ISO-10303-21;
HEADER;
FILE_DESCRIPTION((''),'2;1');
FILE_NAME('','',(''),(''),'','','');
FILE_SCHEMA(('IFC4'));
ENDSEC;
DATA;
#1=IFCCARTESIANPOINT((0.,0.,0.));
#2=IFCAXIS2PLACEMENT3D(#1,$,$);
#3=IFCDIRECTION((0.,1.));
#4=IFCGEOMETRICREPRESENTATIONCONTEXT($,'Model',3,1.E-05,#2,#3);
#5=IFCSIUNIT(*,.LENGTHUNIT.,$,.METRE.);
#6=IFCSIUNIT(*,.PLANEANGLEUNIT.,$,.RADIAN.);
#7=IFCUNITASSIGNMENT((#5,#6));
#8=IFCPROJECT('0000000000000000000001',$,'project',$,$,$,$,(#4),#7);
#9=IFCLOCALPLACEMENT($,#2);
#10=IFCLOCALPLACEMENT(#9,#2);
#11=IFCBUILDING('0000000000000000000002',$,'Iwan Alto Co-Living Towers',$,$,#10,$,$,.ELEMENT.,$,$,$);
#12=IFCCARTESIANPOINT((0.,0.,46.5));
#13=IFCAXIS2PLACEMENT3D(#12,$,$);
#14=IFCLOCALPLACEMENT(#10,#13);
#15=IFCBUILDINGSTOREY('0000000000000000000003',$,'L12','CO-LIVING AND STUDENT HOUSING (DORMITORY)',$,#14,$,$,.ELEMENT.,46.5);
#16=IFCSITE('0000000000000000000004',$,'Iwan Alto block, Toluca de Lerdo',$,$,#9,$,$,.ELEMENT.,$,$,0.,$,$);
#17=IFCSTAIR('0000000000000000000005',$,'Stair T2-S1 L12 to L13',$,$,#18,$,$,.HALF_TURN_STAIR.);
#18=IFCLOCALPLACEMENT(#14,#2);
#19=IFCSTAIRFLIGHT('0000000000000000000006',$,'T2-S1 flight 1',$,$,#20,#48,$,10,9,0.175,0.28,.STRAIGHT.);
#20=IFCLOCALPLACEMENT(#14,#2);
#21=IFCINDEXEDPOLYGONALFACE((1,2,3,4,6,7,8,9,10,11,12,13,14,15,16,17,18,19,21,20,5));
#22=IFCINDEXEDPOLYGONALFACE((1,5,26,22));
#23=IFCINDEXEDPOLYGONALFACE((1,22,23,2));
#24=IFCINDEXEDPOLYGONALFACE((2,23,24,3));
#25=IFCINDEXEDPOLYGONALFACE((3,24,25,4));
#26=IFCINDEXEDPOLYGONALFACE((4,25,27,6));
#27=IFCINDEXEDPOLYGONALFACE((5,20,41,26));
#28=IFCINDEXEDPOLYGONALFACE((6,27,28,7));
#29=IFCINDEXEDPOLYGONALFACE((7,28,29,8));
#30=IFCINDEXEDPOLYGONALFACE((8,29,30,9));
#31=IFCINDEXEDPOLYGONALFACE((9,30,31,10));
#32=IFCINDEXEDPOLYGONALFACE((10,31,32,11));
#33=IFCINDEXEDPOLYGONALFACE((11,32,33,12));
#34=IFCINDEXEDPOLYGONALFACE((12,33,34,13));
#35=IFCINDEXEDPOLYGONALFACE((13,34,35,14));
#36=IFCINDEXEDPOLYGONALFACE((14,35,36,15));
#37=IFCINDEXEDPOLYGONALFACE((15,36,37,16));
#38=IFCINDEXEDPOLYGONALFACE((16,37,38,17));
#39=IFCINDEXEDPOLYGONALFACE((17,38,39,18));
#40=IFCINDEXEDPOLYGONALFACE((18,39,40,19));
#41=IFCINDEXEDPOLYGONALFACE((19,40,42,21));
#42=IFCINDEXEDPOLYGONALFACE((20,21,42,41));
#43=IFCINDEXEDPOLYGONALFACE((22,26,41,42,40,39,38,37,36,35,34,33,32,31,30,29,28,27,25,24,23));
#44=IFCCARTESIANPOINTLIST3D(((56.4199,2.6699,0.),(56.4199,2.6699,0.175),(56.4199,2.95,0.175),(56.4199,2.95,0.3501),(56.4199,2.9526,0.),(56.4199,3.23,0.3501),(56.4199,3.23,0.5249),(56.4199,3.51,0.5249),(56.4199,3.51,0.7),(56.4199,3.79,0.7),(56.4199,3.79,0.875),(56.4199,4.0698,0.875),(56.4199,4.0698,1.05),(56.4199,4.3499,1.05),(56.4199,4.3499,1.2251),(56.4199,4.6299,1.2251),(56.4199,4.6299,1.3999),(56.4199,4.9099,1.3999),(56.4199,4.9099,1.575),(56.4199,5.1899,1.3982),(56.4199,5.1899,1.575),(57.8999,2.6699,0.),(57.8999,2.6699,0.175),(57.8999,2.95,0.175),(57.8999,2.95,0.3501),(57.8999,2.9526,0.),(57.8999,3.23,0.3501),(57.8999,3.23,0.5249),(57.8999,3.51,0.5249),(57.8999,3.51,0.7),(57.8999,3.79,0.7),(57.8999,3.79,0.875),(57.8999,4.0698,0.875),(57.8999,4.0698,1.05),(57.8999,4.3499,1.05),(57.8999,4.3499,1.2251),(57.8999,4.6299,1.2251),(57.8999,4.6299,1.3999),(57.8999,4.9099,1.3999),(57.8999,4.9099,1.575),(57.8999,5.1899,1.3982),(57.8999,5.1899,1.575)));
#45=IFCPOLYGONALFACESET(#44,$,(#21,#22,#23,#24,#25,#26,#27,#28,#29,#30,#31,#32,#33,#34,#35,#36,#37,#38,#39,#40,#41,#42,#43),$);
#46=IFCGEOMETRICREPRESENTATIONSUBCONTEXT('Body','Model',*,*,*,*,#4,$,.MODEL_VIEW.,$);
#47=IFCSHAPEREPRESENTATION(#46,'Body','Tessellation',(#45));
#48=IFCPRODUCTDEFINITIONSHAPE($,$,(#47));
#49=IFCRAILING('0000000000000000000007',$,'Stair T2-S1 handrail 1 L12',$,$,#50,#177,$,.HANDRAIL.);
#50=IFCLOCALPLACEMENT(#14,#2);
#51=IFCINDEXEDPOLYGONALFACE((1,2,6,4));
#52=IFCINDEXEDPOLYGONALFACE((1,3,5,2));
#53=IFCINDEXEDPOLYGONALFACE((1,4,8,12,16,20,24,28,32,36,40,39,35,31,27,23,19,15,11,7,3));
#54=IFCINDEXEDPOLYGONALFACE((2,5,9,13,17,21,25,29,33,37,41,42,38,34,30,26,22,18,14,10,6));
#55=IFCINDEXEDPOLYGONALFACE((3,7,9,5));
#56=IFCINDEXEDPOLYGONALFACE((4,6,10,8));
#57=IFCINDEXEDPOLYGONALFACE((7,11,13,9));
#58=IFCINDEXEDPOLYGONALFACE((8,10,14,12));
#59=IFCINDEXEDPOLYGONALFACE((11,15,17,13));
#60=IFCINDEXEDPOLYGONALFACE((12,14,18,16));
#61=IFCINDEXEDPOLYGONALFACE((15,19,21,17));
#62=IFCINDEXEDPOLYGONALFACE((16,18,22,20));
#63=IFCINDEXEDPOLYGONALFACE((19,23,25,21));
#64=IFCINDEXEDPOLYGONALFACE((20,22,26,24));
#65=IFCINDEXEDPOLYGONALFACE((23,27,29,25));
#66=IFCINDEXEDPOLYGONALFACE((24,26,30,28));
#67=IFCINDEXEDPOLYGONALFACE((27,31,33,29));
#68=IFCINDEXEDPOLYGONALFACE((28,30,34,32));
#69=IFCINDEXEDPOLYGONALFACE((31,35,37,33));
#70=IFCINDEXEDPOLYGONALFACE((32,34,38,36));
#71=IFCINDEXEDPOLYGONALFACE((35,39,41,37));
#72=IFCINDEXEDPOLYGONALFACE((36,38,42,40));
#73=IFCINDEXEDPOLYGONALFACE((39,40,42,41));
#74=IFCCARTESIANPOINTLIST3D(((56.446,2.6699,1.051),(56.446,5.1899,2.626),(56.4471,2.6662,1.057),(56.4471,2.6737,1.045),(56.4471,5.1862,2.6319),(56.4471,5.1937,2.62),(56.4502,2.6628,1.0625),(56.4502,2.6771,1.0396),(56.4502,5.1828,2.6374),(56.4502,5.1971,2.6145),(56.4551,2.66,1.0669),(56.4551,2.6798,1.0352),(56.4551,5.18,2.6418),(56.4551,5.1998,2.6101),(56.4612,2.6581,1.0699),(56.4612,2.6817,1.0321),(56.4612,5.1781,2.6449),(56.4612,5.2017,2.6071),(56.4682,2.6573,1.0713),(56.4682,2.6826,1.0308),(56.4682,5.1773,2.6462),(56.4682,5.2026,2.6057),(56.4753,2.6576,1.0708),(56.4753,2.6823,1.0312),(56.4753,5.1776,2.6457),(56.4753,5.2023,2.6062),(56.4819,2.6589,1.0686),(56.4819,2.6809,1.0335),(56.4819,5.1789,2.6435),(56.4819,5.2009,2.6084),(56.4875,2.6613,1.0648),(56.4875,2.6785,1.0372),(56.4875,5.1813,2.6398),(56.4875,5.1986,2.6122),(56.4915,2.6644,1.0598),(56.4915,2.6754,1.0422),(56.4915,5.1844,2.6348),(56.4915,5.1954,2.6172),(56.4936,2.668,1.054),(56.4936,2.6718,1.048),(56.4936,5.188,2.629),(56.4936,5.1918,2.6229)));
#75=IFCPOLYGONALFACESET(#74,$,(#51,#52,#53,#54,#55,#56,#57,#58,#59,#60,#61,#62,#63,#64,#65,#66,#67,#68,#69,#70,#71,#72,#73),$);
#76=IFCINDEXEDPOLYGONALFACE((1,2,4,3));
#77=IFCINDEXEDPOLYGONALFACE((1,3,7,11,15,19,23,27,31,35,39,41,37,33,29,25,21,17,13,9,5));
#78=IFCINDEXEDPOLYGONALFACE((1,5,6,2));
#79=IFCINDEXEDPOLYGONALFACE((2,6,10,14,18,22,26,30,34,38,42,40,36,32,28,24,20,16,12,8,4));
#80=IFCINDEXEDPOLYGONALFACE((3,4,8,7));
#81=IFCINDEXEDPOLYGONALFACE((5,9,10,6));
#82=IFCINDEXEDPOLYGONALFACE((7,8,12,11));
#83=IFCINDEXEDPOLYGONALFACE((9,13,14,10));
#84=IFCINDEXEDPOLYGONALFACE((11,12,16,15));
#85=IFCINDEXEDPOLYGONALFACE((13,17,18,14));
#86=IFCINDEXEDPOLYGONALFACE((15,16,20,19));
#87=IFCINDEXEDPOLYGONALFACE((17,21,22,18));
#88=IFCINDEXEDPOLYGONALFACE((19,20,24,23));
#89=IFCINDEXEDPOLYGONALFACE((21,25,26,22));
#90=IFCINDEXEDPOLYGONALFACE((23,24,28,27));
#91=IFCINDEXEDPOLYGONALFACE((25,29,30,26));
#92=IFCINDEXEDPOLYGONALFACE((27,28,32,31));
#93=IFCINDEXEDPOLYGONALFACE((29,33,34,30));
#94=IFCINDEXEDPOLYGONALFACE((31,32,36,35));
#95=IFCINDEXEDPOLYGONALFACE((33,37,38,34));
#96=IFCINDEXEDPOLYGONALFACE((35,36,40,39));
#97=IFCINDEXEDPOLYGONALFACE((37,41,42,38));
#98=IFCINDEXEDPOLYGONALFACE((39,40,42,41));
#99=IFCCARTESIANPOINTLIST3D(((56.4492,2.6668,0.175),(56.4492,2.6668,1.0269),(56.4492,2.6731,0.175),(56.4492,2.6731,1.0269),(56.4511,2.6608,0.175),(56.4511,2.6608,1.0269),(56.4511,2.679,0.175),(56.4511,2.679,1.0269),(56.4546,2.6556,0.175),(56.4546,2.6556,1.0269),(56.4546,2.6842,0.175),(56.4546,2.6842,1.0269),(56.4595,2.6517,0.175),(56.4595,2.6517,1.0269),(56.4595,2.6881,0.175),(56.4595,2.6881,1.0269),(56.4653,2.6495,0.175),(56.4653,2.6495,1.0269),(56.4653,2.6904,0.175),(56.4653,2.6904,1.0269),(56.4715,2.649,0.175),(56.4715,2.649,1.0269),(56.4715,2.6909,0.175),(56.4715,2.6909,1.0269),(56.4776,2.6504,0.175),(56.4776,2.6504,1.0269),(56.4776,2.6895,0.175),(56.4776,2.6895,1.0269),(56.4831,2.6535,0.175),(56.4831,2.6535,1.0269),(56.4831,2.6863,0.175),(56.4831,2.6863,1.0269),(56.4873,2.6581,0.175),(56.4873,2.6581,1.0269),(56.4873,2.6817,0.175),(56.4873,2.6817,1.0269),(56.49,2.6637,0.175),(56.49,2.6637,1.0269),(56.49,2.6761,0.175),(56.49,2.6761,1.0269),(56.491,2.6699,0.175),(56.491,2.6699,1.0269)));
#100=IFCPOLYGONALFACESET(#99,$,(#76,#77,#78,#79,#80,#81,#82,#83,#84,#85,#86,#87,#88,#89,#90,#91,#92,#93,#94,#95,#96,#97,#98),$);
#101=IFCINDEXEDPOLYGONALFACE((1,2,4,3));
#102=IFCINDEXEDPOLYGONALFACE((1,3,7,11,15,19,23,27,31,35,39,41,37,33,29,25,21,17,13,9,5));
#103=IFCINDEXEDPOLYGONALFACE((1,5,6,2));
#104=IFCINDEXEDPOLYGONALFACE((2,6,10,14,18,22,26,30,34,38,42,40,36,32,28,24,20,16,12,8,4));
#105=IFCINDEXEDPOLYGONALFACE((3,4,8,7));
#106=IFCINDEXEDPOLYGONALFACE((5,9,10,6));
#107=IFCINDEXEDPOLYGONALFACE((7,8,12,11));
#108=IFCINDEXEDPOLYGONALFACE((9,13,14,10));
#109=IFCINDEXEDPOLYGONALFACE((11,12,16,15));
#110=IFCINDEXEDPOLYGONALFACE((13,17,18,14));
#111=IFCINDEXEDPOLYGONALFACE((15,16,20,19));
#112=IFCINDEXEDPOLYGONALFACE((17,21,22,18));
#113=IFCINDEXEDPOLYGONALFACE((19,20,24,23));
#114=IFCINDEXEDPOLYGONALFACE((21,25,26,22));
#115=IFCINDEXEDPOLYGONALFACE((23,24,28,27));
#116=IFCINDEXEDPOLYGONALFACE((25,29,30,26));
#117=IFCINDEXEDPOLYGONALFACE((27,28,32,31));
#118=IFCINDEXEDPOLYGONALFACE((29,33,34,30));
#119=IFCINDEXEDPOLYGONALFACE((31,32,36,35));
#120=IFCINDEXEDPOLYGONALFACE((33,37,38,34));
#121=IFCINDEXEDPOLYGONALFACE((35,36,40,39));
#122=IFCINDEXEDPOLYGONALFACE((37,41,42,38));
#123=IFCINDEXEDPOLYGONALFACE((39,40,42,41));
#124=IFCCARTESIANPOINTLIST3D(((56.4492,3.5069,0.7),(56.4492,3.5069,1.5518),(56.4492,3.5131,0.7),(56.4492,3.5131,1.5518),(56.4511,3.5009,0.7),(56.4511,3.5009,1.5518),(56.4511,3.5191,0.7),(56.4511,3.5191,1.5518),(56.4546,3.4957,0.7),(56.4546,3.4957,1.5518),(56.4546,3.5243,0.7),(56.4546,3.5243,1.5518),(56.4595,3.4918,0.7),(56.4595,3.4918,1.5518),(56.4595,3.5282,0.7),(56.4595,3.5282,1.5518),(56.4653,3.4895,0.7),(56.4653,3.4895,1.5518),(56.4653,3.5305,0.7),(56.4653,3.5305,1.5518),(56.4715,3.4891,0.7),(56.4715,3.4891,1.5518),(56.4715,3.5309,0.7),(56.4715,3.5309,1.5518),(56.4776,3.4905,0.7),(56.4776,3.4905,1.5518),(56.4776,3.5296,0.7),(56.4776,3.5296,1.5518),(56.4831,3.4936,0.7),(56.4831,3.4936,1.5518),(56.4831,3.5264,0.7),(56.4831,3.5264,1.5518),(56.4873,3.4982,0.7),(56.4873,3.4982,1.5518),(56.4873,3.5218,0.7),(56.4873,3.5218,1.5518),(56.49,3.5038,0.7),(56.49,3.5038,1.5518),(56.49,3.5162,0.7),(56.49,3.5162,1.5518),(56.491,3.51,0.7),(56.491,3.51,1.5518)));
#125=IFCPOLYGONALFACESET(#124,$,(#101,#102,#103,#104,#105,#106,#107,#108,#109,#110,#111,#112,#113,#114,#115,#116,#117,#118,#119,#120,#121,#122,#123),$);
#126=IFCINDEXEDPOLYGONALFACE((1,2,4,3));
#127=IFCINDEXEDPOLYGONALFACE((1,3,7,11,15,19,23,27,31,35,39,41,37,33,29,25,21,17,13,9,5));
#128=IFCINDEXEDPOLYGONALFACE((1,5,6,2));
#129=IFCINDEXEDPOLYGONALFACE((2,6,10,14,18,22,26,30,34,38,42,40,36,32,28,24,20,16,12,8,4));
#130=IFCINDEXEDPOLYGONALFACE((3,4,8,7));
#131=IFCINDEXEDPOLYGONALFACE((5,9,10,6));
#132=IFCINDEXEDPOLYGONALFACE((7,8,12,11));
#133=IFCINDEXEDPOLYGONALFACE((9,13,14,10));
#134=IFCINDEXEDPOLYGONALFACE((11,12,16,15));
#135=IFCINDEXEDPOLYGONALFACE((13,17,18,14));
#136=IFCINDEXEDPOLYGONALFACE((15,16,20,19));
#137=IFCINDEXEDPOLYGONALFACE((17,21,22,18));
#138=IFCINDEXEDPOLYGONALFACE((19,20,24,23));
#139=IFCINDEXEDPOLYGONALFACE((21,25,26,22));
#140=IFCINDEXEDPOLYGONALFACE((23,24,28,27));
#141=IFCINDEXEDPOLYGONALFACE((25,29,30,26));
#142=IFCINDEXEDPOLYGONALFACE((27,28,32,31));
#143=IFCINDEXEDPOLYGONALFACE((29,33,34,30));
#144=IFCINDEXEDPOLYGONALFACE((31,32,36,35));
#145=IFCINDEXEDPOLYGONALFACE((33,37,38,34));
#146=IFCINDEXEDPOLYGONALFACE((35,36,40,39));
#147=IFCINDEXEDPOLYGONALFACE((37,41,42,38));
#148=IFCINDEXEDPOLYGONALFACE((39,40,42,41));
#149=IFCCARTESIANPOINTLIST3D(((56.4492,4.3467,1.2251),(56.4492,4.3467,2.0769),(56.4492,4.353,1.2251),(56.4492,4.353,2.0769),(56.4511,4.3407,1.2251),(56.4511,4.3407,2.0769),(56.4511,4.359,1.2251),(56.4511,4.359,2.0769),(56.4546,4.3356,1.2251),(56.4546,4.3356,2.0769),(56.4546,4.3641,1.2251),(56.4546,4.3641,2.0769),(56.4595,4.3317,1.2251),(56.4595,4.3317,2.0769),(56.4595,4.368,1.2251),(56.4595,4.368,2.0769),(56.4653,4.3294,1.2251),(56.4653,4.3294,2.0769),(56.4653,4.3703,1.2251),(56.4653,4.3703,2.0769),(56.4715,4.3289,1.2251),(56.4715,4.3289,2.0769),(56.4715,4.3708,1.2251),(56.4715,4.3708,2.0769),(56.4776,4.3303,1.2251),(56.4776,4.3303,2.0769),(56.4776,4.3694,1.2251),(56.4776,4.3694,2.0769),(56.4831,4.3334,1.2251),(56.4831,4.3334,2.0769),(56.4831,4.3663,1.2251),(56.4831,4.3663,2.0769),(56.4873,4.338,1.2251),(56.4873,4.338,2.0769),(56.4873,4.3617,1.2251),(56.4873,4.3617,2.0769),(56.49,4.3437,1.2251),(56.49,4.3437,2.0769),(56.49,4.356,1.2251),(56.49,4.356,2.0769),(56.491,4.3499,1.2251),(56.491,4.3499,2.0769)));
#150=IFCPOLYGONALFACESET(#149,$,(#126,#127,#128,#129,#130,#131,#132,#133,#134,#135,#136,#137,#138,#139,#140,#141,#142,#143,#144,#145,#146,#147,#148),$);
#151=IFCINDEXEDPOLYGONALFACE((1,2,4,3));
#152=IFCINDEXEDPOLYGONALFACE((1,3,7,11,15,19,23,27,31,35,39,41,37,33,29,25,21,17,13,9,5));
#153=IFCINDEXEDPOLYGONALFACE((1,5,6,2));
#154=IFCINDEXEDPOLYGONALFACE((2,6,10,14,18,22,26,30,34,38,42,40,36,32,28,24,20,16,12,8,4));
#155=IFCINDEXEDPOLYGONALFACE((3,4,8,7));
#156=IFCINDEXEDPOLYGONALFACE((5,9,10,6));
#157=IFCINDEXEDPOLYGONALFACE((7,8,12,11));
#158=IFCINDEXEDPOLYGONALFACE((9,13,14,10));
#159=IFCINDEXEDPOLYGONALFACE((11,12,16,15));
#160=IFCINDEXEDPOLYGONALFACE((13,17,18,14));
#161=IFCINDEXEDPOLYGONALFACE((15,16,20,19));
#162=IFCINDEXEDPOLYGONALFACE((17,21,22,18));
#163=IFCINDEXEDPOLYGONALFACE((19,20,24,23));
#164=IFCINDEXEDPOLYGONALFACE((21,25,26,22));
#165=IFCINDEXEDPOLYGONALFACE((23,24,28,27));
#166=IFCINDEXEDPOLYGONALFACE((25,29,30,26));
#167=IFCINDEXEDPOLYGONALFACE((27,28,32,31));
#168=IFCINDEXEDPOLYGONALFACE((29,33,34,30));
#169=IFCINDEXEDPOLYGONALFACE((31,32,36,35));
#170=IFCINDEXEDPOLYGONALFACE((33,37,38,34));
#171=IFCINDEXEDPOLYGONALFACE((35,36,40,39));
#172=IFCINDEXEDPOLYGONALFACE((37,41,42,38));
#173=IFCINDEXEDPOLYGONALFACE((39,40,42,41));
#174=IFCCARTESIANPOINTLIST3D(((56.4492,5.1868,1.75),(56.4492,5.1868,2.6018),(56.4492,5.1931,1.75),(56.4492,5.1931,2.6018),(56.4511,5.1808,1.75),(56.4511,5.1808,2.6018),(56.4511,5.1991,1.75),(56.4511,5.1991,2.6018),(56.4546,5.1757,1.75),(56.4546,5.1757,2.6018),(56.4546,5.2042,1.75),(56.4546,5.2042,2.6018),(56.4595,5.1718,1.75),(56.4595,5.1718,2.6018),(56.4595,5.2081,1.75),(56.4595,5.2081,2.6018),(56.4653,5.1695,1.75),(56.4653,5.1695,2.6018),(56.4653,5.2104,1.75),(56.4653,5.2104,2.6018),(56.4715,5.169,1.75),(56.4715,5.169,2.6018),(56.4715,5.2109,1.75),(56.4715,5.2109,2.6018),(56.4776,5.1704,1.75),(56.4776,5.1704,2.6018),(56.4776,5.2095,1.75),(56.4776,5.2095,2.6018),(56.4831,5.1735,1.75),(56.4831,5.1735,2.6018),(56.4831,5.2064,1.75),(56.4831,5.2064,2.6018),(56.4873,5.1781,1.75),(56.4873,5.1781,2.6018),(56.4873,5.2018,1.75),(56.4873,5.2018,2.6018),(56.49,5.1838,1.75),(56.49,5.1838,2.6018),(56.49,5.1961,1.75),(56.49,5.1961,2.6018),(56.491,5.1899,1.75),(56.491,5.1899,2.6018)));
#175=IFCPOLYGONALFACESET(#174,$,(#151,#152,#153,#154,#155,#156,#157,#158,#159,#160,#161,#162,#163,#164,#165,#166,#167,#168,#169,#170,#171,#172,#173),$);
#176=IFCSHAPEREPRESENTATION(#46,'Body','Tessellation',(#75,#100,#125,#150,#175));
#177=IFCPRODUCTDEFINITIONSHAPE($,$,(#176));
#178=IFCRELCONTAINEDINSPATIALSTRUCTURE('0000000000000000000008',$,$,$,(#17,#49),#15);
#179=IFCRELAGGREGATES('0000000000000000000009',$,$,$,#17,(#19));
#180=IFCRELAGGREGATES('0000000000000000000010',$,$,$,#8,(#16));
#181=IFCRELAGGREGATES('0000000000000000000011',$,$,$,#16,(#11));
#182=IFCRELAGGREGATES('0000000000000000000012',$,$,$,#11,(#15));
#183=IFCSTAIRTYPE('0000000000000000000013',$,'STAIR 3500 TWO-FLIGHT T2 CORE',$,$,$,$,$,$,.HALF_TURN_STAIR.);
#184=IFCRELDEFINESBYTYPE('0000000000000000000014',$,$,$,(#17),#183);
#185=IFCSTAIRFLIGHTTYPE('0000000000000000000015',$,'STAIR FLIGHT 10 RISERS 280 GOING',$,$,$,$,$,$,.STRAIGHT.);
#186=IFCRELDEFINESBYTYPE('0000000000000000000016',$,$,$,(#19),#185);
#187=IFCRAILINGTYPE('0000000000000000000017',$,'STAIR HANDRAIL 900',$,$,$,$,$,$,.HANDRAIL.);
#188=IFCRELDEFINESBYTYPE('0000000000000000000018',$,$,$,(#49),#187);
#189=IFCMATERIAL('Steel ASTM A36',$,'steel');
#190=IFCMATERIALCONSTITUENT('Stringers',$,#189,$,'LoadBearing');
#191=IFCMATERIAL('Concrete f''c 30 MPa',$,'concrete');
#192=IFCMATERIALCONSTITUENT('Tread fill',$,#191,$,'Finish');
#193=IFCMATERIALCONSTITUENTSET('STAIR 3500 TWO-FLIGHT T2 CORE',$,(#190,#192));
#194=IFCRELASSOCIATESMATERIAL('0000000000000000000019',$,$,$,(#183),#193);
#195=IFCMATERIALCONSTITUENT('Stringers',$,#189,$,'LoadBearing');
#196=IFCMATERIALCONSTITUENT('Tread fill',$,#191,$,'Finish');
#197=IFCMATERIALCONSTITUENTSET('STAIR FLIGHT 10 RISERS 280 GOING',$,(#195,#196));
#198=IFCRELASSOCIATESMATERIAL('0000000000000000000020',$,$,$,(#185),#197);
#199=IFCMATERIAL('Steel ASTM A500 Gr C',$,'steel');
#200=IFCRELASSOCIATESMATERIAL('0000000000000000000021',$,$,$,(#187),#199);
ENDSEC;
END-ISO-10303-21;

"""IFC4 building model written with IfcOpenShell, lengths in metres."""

from ifc_helpers import new_model, si_unit, direction, frame, origin, origin_2d, place, context, subcontext, project, spatial, polyline, circle, outline, extrude, material, constituent, constituent_set, type_object, element, aggregate, save


model = new_model("IFC4")

# Units and contexts
model_context = context("Model", 3, precision=1e-05, world=origin(), true_north=direction((0.0, 1.0)))
body_context = subcontext(model_context, "Body", "Model", "MODEL_VIEW")
ifc_project = project(units=[si_unit("LENGTHUNIT", "METRE"), si_unit("PLANEANGLEUNIT", "RADIAN")], contexts=[model_context])

# Site, building, storey
site_placement = place(None, origin())
site = spatial("IfcSite", under=ifc_project, at=site_placement, Name="Iwan Alto block, Toluca de Lerdo", CompositionType="ELEMENT", RefElevation=0.0)
building_placement = place(site_placement, origin())
building = spatial("IfcBuilding", under=site, at=building_placement, Name="Iwan Alto Co-Living Towers", CompositionType="ELEMENT")
storey_placement = place(building_placement, frame((0.0, 0.0, 46.5)))
storey = spatial("IfcBuildingStorey", under=building, at=storey_placement, Name="L12", Description="CO-LIVING AND STUDENT HOUSING (DORMITORY)", CompositionType="ELEMENT", Elevation=46.5)

# Stair, stair flight
ifc_material_1 = material(Name="Steel ASTM A36", Category="steel")
ifc_constituent_1 = constituent(ifc_material_1, Name="Stringers", Category="LoadBearing")
ifc_material_2 = material(Name="Concrete f'c 30 MPa", Category="concrete")
ifc_constituent_2 = constituent(ifc_material_2, Name="Tread fill", Category="Finish")
ifc_constituent_set_1 = constituent_set(constituents=[ifc_constituent_1, ifc_constituent_2], Name="STAIR 3500 TWO-FLIGHT T2 CORE")
stair_type = type_object("IfcStairType", Name="STAIR 3500 TWO-FLIGHT T2 CORE", PredefinedType="HALF_TURN_STAIR", material=ifc_constituent_set_1)
stair_placement = place(storey_placement, origin())
stair = element("IfcStair", 1, at=stair_placement, inside=storey, type_object=stair_type, Name="Stair T2-S1 L12 to L13", PredefinedType="HALF_TURN_STAIR")
ifc_constituent_3 = constituent(ifc_material_1, Name="Stringers", Category="LoadBearing")
ifc_constituent_4 = constituent(ifc_material_2, Name="Tread fill", Category="Finish")
ifc_constituent_set_2 = constituent_set(constituents=[ifc_constituent_3, ifc_constituent_4], Name="STAIR FLIGHT 10 RISERS 280 GOING")
stair_flight_type = type_object("IfcStairFlightType", Name="STAIR FLIGHT 10 RISERS 280 GOING", PredefinedType="STRAIGHT", material=ifc_constituent_set_2)
stair_flight_placement = place(storey_placement, frame((57.1599, 2.6699, 0.0), z_axis=(0.0, 0.0, 1.0), x_axis=(0.0, 1.0, 0.0)))
stair_flight = element("IfcStairFlight", 2, at=stair_flight_placement, type_object=stair_flight_type, Name="T2-S1 flight 1", NumberOfRisers=10, NumberOfTreads=9, PredefinedType="STRAIGHT", RiserHeight=0.175, TreadLength=0.28, context=body_context, shape_type="SweptSolid", body=[
    extrude(outline(polyline([(0.0, 0.0), (0.0, 0.175), (0.28, 0.175), (0.28, 0.3501), (0.5601, 0.3501), (0.5601, 0.5249), (0.8401, 0.5249), (0.8401, 0.7), (1.1201, 0.7), (1.1201, 0.875), (1.3999, 0.875), (1.3999, 1.05), (1.6799, 1.05), (1.6799, 1.2251), (1.96, 1.2251), (1.96, 1.3999), (2.24, 1.3999), (2.24, 1.575), (2.52, 1.575), (2.52, 1.75), (2.52, 1.3982), (0.2827, 0.0), (0.0, 0.0)])), frame((0.0, 0.74, 0.0), z_axis=(0.0, -1.0, 0.0), x_axis=(1.0, 0.0, 0.0)), (0.0, 0.0, 1.0), 1.48),
])
aggregate(stair, [stair_flight])

# Railing
ifc_material_3 = material(Name="Steel ASTM A500 Gr C", Category="steel")
railing_type_1 = type_object("IfcRailingType", Name="STAIR HANDRAIL 900", PredefinedType="HANDRAIL", material=ifc_material_3)
railing_1_placement = place(storey_placement, frame((56.47, 2.6699, 0.175)))
element("IfcRailing", 3, at=railing_1_placement, inside=storey, type_object=railing_type_1, Name="Stair T2-S1 handrail 1 L12", PredefinedType="HANDRAIL", context=body_context, shape_type="SweptSolid", body=[
    extrude(circle(Radius=0.0239, at=origin_2d()), frame((0.0, 0.0, 0.876), z_axis=(0.0, 0.848008, 0.529984), x_axis=(-1.0, 0.0, 0.0)), (0.0, 0.0, 1.0), 2.9717),
    extrude(circle(Radius=0.021, at=origin_2d()), origin(), (0.0, 0.0, 1.0), 0.8518),
    extrude(circle(Radius=0.021, at=origin_2d()), frame((0.0, 0.8401, 0.5249)), (0.0, 0.0, 1.0), 0.8518),
    extrude(circle(Radius=0.021, at=origin_2d()), frame((0.0, 1.6799, 1.05)), (0.0, 0.0, 1.0), 0.8518),
    extrude(circle(Radius=0.021, at=origin_2d()), frame((0.0, 2.52, 1.575)), (0.0, 0.0, 1.0), 0.8518),
])

save(model, "model.ifc")
